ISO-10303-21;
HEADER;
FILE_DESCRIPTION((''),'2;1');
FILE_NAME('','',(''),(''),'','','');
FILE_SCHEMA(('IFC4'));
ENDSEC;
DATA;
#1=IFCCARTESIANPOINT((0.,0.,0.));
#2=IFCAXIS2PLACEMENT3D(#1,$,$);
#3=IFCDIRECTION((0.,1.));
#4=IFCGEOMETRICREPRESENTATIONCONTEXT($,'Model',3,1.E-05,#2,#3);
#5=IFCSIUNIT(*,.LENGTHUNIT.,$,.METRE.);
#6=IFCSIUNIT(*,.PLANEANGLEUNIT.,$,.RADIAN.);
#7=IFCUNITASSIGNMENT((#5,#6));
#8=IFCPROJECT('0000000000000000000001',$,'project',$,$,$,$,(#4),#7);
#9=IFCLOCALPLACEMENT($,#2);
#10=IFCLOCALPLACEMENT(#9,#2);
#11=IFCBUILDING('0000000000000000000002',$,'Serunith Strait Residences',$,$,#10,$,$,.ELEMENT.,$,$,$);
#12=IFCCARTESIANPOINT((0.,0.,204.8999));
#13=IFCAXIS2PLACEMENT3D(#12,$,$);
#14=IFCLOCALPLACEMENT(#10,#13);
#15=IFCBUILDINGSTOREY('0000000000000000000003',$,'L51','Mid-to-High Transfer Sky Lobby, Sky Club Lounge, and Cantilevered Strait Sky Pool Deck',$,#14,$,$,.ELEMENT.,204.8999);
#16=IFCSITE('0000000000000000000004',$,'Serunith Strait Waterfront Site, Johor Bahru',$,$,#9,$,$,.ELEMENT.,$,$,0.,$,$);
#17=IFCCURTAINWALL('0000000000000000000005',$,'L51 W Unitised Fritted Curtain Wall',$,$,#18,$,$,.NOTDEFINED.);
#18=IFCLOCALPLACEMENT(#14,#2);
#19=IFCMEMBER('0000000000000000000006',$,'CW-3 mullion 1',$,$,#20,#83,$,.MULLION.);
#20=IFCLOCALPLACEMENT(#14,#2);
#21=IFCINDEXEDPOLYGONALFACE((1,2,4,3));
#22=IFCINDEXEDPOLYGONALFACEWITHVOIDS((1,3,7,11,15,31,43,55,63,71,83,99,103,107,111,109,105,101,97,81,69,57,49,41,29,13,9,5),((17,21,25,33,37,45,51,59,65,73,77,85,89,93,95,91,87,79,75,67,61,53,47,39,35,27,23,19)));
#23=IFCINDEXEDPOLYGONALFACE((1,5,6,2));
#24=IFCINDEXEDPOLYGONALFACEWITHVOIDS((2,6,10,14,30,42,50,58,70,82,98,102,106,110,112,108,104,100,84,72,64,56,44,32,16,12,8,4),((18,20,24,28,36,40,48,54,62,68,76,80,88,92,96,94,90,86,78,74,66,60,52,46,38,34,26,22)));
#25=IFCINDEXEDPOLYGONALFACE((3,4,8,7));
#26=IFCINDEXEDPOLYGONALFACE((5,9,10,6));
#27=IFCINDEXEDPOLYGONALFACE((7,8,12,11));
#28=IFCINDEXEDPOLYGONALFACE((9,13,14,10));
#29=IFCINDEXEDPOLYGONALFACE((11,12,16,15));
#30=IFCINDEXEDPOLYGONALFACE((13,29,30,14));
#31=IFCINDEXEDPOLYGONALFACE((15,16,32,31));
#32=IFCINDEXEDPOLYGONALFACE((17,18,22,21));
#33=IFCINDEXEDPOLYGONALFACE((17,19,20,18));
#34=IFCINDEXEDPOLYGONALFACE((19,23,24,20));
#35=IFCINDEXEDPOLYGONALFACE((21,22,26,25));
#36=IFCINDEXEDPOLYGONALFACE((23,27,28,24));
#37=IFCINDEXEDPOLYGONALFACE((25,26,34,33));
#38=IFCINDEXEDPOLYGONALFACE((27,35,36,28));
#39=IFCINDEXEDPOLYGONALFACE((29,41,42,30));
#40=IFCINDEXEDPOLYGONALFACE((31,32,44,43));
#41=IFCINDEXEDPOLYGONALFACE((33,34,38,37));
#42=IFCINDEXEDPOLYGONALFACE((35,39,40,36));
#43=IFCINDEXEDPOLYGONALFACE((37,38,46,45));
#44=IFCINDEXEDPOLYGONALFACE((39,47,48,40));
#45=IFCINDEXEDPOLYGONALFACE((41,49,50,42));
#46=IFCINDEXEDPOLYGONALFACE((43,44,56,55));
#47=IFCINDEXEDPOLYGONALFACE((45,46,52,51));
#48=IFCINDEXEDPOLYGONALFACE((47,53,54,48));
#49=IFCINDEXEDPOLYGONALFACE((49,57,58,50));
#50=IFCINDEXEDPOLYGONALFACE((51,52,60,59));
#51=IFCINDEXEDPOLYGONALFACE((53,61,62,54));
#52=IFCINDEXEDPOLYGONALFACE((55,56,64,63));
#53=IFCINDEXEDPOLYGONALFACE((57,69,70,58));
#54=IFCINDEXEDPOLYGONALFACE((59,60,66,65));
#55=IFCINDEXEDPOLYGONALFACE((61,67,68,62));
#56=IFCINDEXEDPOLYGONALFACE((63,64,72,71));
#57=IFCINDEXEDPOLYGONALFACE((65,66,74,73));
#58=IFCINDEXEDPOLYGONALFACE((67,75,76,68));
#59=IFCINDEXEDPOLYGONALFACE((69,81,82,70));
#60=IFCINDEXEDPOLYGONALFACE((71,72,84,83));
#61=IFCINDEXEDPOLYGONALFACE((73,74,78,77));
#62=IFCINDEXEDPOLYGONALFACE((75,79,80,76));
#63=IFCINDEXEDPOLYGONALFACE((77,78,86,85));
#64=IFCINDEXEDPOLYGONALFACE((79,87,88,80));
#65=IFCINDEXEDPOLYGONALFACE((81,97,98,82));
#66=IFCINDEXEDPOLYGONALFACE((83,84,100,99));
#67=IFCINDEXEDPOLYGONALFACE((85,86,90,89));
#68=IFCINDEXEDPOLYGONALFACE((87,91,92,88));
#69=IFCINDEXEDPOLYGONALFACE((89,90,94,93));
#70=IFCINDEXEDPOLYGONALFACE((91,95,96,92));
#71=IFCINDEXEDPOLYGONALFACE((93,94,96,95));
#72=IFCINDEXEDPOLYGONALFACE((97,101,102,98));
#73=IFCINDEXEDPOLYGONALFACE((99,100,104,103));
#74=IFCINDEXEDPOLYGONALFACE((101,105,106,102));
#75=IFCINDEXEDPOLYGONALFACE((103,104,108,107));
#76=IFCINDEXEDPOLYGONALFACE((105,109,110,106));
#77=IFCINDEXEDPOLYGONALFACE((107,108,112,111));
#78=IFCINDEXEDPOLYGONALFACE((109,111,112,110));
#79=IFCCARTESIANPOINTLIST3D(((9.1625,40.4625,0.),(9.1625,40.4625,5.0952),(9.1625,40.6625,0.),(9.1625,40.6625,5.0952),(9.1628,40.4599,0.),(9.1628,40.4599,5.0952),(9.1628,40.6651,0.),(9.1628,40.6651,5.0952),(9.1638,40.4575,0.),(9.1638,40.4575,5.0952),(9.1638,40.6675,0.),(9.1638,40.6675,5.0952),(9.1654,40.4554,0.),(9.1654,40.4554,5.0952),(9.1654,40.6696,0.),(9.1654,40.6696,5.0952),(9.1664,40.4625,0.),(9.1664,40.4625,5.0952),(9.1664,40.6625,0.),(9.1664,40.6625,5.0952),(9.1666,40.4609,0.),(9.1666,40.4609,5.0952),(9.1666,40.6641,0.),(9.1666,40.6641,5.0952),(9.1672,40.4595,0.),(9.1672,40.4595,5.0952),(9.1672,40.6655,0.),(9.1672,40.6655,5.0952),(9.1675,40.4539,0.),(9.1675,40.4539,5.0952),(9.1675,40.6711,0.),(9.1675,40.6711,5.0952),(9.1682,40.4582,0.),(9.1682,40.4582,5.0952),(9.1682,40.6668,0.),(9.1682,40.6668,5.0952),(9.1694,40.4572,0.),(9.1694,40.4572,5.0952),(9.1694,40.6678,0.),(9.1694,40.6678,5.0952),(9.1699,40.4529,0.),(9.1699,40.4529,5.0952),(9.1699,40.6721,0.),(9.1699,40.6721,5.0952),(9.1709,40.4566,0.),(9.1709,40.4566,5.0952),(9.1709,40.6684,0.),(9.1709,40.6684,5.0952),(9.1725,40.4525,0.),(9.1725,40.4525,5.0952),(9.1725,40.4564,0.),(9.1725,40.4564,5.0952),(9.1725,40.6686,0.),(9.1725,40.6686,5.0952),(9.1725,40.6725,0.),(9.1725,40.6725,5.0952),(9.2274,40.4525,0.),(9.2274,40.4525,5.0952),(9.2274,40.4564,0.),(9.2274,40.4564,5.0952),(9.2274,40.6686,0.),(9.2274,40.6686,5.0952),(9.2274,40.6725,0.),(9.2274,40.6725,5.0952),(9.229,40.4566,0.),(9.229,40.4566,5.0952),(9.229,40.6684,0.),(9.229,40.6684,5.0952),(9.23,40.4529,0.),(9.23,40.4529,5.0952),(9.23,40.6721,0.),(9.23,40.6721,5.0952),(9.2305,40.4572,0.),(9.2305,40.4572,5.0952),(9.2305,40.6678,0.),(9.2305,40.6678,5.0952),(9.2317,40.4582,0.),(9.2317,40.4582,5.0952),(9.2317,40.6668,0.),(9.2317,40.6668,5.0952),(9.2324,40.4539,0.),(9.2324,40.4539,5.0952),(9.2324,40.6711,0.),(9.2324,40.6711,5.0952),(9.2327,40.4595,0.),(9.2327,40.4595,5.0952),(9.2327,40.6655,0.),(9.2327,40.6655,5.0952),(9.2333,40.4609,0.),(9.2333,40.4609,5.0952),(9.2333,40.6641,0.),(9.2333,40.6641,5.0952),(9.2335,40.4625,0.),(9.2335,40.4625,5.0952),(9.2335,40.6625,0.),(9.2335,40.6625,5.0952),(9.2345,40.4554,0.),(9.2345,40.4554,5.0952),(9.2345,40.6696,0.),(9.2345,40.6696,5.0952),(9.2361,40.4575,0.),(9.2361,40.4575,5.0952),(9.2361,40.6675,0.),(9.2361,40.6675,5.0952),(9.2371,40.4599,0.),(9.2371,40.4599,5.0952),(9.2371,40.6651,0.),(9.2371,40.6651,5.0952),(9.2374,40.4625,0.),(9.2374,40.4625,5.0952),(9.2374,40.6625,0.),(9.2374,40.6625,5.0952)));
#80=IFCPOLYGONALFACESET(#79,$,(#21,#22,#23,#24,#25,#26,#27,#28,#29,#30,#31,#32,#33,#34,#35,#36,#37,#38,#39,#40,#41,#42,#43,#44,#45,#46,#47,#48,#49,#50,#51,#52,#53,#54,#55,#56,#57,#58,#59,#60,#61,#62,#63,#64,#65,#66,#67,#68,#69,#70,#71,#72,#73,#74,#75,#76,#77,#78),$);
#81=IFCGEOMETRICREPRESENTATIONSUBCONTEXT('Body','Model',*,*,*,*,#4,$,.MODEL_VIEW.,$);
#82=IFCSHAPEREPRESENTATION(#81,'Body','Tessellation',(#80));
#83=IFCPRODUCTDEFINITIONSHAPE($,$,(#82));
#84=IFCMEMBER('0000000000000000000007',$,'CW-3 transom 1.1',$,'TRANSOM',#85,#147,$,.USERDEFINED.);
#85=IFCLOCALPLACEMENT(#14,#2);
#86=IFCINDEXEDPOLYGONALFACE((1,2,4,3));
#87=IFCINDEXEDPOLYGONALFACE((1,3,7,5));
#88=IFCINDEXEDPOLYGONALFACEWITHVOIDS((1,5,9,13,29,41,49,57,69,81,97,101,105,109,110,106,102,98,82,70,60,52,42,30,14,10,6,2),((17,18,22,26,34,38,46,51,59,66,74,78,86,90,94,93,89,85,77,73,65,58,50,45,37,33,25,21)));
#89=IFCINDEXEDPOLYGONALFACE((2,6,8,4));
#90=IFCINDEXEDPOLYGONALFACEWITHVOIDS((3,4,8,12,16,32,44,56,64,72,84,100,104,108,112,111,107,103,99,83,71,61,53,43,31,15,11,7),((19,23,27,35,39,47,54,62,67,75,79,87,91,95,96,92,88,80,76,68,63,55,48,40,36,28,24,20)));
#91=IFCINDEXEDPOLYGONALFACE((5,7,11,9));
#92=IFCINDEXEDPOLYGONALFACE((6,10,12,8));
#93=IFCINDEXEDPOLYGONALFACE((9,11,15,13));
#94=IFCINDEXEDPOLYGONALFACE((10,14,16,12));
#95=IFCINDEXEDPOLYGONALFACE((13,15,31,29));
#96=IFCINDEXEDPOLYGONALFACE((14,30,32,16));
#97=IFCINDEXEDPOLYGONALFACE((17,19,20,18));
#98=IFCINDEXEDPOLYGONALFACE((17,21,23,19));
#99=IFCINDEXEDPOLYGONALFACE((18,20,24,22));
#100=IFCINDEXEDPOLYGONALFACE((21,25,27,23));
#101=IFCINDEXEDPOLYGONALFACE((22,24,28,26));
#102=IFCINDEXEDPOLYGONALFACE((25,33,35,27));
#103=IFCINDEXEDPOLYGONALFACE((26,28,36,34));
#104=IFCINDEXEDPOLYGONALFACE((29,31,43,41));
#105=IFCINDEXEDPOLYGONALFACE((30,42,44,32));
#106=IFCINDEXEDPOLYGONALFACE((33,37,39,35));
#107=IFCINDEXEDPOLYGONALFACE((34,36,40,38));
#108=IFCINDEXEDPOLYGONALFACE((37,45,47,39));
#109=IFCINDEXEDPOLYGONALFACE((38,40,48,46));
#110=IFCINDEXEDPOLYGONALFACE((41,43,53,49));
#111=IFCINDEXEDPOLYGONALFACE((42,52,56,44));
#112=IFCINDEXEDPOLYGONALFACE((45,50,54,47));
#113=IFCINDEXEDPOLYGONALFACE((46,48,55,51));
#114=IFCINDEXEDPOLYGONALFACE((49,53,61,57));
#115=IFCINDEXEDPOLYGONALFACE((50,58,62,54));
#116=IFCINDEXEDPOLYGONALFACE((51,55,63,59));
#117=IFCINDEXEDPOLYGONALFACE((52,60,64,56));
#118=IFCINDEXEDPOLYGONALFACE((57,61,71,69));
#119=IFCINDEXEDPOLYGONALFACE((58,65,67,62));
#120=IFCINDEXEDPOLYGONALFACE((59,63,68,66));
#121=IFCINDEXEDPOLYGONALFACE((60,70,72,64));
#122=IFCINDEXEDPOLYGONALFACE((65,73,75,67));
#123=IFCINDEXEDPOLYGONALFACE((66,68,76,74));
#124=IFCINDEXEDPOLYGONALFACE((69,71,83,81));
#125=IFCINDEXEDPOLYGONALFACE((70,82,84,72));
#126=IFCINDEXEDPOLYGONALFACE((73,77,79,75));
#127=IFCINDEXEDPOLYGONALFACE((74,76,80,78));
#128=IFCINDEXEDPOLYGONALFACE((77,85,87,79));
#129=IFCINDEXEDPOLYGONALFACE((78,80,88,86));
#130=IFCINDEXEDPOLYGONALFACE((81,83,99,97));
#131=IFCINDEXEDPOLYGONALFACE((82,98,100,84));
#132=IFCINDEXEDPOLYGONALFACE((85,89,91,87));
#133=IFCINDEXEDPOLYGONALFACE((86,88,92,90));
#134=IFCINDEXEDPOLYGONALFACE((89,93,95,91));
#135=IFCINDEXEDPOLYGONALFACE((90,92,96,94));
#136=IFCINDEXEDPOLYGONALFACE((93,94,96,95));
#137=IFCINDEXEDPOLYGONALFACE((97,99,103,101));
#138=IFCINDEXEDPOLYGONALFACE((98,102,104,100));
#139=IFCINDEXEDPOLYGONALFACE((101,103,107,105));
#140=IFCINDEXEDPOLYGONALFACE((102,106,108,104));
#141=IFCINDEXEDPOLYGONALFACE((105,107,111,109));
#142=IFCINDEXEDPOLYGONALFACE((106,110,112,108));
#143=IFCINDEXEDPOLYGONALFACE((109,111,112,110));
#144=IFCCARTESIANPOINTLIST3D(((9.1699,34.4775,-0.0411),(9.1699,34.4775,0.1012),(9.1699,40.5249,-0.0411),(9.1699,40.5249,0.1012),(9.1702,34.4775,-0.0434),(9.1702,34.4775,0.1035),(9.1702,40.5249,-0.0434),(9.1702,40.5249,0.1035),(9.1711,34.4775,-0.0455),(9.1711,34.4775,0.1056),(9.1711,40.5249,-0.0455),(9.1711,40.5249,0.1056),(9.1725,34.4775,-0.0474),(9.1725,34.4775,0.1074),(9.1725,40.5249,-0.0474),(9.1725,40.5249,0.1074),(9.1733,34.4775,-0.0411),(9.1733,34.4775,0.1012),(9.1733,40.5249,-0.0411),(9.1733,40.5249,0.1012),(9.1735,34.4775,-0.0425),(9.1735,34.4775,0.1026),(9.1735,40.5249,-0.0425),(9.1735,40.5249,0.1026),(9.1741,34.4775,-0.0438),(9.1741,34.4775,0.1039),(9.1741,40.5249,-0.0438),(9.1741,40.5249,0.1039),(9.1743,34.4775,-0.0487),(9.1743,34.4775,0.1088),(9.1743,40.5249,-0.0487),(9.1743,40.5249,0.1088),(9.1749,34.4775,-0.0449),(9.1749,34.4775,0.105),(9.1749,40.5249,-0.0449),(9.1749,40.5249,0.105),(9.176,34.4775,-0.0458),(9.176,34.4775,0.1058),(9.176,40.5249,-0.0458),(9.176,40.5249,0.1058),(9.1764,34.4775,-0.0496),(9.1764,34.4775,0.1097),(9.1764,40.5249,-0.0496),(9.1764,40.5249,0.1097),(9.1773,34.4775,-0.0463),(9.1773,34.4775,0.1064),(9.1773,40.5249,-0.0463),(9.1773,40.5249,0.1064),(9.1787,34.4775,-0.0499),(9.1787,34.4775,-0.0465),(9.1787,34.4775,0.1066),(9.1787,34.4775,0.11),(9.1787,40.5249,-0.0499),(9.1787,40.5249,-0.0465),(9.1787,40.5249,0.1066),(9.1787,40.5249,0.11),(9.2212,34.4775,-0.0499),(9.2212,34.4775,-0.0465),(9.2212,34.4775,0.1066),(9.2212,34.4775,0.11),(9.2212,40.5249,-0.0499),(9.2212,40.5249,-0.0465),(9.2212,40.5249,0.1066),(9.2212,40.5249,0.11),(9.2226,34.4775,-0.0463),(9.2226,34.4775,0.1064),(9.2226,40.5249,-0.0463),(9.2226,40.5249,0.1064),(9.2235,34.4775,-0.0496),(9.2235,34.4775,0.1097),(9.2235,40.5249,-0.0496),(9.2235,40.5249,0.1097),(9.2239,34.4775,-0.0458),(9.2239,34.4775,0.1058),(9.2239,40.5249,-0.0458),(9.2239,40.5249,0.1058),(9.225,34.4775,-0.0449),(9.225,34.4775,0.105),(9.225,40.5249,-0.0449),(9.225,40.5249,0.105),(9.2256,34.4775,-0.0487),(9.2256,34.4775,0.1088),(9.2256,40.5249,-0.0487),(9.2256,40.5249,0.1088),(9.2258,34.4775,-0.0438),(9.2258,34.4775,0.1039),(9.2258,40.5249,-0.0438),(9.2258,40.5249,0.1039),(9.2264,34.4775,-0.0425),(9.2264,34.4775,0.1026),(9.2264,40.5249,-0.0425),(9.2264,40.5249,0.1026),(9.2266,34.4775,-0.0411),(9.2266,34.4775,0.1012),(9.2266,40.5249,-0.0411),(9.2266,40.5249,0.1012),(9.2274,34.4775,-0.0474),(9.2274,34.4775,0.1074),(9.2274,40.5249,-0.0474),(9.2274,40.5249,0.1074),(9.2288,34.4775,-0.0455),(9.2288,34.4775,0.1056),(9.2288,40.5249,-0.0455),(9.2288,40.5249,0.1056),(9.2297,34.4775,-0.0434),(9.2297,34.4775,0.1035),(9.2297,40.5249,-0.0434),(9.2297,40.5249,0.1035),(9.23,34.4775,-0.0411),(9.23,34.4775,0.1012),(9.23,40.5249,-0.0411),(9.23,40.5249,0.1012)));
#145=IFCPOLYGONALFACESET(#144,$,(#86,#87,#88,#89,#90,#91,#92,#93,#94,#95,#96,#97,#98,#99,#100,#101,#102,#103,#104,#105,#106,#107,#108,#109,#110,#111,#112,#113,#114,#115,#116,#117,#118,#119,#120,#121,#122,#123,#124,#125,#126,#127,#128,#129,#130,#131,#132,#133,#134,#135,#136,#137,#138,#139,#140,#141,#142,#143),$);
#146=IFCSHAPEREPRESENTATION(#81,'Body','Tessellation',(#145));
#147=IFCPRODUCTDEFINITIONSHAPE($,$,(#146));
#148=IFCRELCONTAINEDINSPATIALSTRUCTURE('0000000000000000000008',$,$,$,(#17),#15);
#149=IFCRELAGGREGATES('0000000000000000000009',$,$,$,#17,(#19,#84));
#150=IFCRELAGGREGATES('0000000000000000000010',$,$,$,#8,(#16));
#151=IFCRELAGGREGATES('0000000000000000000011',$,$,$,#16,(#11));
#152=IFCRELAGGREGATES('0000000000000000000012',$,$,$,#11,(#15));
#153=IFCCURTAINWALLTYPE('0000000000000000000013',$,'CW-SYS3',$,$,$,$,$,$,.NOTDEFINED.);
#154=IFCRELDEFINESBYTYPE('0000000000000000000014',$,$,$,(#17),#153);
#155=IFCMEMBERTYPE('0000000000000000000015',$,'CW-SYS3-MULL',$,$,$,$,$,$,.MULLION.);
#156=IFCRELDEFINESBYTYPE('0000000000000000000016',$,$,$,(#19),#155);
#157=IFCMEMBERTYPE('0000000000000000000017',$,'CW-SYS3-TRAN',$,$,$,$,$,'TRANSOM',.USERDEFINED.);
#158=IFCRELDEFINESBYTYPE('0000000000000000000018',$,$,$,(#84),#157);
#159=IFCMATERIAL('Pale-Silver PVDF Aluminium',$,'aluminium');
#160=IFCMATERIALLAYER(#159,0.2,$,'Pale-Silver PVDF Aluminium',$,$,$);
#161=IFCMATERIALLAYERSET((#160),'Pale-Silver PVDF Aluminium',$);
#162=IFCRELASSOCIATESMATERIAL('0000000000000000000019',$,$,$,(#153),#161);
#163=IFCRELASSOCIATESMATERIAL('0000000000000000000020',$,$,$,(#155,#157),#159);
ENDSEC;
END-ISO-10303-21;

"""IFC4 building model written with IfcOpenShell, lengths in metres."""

from ifc_helpers import new_model, si_unit, direction, frame, origin, origin_2d, place, context, subcontext, project, spatial, hollow_rectangle, extrude, source, transform, mapped, material, layer, layer_set, material_profile, profile_set, type_object, element, aggregate, save


model = new_model("IFC4")

# Units and contexts
model_context = context("Model", 3, precision=1e-05, world=origin(), true_north=direction((0.0, 1.0)))
body_context = subcontext(model_context, "Body", "Model", "MODEL_VIEW")
ifc_project = project(units=[si_unit("LENGTHUNIT", "METRE"), si_unit("PLANEANGLEUNIT", "RADIAN")], contexts=[model_context])

# Site, building, storey
site_placement = place(None, origin())
site = spatial("IfcSite", under=ifc_project, at=site_placement, Name="Serunith Strait Waterfront Site, Johor Bahru", CompositionType="ELEMENT", RefElevation=0.0)
building_placement = place(site_placement, origin())
building = spatial("IfcBuilding", under=site, at=building_placement, Name="Serunith Strait Residences", CompositionType="ELEMENT")
storey_placement = place(building_placement, frame((0.0, 0.0, 204.8999)))
storey = spatial("IfcBuildingStorey", under=building, at=storey_placement, Name="L51", Description="Mid-to-High Transfer Sky Lobby, Sky Club Lounge, and Cantilevered Strait Sky Pool Deck", CompositionType="ELEMENT", Elevation=204.8999)

# Shared definitions
ifc_material_1 = material(Name="Pale-Silver PVDF Aluminium", Category="aluminium")
ifc_layer_1 = layer(ifc_material_1, 0.2, Name="Pale-Silver PVDF Aluminium")
ifc_layer_set_1 = layer_set([ifc_layer_1], Name="Pale-Silver PVDF Aluminium")
curtain_wall_type = type_object("IfcCurtainWallType", Name="CW-SYS3", PredefinedType="NOTDEFINED", material=ifc_layer_set_1)
ifc_material_profile_1 = material_profile(ifc_material_1, hollow_rectangle(XDim=0.075, YDim=0.22, WallThickness=0.0039, InnerFilletRadius=0.0061, OuterFilletRadius=0.01, at=origin_2d()), Name="ALU 220x75x4")
ifc_profile_set_1 = profile_set([ifc_material_profile_1], Name="Pale-Silver PVDF Aluminium")
member_type_1 = type_object("IfcMemberType", Name="CW-SYS3-MULL", PredefinedType="MULLION", material=ifc_profile_set_1)

# Curtain wall, members
curtain_wall_1_placement = place(storey_placement, origin())
curtain_wall_1 = element("IfcCurtainWall", 1, at=curtain_wall_1_placement, inside=storey, type_object=curtain_wall_type, Name="L51 W Unitised Fritted Curtain Wall", PredefinedType="NOTDEFINED")
shared_shape_1 = source(origin(), body_context, "Body", "SweptSolid", [
    extrude(hollow_rectangle(XDim=0.075, YDim=0.22, WallThickness=0.0039, InnerFilletRadius=0.0061, OuterFilletRadius=0.01, at=origin_2d()), origin(), (0.0, 0.0, 1.0), 5.0952),
])
member_1_placement = place(storey_placement, frame((9.2, 40.5625, 0.0), z_axis=(0.0, 0.0, 1.0), x_axis=(1.0, 0.0, 0.0)))
member_1 = element("IfcMember", 2, at=member_1_placement, type_object=member_type_1, Name="CW-3 mullion 1", PredefinedType="MULLION", context=body_context, shape_type="MappedRepresentation", body=[
    mapped(shared_shape_1, transform((0.0, 0.0, 0.0), scale=1.0)),
])
ifc_material_profile_2 = material_profile(ifc_material_1, hollow_rectangle(XDim=0.0601, YDim=0.1599, WallThickness=0.0034, InnerFilletRadius=0.0054, OuterFilletRadius=0.0088, at=origin_2d()), Name="ALU 160x60x3.5")
ifc_profile_set_2 = profile_set([ifc_material_profile_2], Name="Pale-Silver PVDF Aluminium")
member_type_2 = type_object("IfcMemberType", Name="CW-SYS3-TRAN", ElementType="TRANSOM", PredefinedType="USERDEFINED", material=ifc_profile_set_2)
shared_shape_2 = source(origin(), body_context, "Body", "SweptSolid", [
    extrude(hollow_rectangle(XDim=0.0601, YDim=0.1599, WallThickness=0.0034, InnerFilletRadius=0.0054, OuterFilletRadius=0.0088, at=origin_2d()), origin(), (0.0, 0.0, 1.0), 6.0474),
])
member_2_placement = place(storey_placement, frame((9.2, 40.5249, 0.03), z_axis=(0.0, -1.0, 0.0), x_axis=(1.0, 0.0, 0.0)))
member_2 = element("IfcMember", 3, at=member_2_placement, type_object=member_type_2, Name="CW-3 transom 1.1", ObjectType="TRANSOM", PredefinedType="USERDEFINED", context=body_context, shape_type="MappedRepresentation", body=[
    mapped(shared_shape_2, transform((0.0, 0.0, 0.0), scale=1.0)),
])
aggregate(curtain_wall_1, [member_1, member_2])

save(model, "model.ifc")
